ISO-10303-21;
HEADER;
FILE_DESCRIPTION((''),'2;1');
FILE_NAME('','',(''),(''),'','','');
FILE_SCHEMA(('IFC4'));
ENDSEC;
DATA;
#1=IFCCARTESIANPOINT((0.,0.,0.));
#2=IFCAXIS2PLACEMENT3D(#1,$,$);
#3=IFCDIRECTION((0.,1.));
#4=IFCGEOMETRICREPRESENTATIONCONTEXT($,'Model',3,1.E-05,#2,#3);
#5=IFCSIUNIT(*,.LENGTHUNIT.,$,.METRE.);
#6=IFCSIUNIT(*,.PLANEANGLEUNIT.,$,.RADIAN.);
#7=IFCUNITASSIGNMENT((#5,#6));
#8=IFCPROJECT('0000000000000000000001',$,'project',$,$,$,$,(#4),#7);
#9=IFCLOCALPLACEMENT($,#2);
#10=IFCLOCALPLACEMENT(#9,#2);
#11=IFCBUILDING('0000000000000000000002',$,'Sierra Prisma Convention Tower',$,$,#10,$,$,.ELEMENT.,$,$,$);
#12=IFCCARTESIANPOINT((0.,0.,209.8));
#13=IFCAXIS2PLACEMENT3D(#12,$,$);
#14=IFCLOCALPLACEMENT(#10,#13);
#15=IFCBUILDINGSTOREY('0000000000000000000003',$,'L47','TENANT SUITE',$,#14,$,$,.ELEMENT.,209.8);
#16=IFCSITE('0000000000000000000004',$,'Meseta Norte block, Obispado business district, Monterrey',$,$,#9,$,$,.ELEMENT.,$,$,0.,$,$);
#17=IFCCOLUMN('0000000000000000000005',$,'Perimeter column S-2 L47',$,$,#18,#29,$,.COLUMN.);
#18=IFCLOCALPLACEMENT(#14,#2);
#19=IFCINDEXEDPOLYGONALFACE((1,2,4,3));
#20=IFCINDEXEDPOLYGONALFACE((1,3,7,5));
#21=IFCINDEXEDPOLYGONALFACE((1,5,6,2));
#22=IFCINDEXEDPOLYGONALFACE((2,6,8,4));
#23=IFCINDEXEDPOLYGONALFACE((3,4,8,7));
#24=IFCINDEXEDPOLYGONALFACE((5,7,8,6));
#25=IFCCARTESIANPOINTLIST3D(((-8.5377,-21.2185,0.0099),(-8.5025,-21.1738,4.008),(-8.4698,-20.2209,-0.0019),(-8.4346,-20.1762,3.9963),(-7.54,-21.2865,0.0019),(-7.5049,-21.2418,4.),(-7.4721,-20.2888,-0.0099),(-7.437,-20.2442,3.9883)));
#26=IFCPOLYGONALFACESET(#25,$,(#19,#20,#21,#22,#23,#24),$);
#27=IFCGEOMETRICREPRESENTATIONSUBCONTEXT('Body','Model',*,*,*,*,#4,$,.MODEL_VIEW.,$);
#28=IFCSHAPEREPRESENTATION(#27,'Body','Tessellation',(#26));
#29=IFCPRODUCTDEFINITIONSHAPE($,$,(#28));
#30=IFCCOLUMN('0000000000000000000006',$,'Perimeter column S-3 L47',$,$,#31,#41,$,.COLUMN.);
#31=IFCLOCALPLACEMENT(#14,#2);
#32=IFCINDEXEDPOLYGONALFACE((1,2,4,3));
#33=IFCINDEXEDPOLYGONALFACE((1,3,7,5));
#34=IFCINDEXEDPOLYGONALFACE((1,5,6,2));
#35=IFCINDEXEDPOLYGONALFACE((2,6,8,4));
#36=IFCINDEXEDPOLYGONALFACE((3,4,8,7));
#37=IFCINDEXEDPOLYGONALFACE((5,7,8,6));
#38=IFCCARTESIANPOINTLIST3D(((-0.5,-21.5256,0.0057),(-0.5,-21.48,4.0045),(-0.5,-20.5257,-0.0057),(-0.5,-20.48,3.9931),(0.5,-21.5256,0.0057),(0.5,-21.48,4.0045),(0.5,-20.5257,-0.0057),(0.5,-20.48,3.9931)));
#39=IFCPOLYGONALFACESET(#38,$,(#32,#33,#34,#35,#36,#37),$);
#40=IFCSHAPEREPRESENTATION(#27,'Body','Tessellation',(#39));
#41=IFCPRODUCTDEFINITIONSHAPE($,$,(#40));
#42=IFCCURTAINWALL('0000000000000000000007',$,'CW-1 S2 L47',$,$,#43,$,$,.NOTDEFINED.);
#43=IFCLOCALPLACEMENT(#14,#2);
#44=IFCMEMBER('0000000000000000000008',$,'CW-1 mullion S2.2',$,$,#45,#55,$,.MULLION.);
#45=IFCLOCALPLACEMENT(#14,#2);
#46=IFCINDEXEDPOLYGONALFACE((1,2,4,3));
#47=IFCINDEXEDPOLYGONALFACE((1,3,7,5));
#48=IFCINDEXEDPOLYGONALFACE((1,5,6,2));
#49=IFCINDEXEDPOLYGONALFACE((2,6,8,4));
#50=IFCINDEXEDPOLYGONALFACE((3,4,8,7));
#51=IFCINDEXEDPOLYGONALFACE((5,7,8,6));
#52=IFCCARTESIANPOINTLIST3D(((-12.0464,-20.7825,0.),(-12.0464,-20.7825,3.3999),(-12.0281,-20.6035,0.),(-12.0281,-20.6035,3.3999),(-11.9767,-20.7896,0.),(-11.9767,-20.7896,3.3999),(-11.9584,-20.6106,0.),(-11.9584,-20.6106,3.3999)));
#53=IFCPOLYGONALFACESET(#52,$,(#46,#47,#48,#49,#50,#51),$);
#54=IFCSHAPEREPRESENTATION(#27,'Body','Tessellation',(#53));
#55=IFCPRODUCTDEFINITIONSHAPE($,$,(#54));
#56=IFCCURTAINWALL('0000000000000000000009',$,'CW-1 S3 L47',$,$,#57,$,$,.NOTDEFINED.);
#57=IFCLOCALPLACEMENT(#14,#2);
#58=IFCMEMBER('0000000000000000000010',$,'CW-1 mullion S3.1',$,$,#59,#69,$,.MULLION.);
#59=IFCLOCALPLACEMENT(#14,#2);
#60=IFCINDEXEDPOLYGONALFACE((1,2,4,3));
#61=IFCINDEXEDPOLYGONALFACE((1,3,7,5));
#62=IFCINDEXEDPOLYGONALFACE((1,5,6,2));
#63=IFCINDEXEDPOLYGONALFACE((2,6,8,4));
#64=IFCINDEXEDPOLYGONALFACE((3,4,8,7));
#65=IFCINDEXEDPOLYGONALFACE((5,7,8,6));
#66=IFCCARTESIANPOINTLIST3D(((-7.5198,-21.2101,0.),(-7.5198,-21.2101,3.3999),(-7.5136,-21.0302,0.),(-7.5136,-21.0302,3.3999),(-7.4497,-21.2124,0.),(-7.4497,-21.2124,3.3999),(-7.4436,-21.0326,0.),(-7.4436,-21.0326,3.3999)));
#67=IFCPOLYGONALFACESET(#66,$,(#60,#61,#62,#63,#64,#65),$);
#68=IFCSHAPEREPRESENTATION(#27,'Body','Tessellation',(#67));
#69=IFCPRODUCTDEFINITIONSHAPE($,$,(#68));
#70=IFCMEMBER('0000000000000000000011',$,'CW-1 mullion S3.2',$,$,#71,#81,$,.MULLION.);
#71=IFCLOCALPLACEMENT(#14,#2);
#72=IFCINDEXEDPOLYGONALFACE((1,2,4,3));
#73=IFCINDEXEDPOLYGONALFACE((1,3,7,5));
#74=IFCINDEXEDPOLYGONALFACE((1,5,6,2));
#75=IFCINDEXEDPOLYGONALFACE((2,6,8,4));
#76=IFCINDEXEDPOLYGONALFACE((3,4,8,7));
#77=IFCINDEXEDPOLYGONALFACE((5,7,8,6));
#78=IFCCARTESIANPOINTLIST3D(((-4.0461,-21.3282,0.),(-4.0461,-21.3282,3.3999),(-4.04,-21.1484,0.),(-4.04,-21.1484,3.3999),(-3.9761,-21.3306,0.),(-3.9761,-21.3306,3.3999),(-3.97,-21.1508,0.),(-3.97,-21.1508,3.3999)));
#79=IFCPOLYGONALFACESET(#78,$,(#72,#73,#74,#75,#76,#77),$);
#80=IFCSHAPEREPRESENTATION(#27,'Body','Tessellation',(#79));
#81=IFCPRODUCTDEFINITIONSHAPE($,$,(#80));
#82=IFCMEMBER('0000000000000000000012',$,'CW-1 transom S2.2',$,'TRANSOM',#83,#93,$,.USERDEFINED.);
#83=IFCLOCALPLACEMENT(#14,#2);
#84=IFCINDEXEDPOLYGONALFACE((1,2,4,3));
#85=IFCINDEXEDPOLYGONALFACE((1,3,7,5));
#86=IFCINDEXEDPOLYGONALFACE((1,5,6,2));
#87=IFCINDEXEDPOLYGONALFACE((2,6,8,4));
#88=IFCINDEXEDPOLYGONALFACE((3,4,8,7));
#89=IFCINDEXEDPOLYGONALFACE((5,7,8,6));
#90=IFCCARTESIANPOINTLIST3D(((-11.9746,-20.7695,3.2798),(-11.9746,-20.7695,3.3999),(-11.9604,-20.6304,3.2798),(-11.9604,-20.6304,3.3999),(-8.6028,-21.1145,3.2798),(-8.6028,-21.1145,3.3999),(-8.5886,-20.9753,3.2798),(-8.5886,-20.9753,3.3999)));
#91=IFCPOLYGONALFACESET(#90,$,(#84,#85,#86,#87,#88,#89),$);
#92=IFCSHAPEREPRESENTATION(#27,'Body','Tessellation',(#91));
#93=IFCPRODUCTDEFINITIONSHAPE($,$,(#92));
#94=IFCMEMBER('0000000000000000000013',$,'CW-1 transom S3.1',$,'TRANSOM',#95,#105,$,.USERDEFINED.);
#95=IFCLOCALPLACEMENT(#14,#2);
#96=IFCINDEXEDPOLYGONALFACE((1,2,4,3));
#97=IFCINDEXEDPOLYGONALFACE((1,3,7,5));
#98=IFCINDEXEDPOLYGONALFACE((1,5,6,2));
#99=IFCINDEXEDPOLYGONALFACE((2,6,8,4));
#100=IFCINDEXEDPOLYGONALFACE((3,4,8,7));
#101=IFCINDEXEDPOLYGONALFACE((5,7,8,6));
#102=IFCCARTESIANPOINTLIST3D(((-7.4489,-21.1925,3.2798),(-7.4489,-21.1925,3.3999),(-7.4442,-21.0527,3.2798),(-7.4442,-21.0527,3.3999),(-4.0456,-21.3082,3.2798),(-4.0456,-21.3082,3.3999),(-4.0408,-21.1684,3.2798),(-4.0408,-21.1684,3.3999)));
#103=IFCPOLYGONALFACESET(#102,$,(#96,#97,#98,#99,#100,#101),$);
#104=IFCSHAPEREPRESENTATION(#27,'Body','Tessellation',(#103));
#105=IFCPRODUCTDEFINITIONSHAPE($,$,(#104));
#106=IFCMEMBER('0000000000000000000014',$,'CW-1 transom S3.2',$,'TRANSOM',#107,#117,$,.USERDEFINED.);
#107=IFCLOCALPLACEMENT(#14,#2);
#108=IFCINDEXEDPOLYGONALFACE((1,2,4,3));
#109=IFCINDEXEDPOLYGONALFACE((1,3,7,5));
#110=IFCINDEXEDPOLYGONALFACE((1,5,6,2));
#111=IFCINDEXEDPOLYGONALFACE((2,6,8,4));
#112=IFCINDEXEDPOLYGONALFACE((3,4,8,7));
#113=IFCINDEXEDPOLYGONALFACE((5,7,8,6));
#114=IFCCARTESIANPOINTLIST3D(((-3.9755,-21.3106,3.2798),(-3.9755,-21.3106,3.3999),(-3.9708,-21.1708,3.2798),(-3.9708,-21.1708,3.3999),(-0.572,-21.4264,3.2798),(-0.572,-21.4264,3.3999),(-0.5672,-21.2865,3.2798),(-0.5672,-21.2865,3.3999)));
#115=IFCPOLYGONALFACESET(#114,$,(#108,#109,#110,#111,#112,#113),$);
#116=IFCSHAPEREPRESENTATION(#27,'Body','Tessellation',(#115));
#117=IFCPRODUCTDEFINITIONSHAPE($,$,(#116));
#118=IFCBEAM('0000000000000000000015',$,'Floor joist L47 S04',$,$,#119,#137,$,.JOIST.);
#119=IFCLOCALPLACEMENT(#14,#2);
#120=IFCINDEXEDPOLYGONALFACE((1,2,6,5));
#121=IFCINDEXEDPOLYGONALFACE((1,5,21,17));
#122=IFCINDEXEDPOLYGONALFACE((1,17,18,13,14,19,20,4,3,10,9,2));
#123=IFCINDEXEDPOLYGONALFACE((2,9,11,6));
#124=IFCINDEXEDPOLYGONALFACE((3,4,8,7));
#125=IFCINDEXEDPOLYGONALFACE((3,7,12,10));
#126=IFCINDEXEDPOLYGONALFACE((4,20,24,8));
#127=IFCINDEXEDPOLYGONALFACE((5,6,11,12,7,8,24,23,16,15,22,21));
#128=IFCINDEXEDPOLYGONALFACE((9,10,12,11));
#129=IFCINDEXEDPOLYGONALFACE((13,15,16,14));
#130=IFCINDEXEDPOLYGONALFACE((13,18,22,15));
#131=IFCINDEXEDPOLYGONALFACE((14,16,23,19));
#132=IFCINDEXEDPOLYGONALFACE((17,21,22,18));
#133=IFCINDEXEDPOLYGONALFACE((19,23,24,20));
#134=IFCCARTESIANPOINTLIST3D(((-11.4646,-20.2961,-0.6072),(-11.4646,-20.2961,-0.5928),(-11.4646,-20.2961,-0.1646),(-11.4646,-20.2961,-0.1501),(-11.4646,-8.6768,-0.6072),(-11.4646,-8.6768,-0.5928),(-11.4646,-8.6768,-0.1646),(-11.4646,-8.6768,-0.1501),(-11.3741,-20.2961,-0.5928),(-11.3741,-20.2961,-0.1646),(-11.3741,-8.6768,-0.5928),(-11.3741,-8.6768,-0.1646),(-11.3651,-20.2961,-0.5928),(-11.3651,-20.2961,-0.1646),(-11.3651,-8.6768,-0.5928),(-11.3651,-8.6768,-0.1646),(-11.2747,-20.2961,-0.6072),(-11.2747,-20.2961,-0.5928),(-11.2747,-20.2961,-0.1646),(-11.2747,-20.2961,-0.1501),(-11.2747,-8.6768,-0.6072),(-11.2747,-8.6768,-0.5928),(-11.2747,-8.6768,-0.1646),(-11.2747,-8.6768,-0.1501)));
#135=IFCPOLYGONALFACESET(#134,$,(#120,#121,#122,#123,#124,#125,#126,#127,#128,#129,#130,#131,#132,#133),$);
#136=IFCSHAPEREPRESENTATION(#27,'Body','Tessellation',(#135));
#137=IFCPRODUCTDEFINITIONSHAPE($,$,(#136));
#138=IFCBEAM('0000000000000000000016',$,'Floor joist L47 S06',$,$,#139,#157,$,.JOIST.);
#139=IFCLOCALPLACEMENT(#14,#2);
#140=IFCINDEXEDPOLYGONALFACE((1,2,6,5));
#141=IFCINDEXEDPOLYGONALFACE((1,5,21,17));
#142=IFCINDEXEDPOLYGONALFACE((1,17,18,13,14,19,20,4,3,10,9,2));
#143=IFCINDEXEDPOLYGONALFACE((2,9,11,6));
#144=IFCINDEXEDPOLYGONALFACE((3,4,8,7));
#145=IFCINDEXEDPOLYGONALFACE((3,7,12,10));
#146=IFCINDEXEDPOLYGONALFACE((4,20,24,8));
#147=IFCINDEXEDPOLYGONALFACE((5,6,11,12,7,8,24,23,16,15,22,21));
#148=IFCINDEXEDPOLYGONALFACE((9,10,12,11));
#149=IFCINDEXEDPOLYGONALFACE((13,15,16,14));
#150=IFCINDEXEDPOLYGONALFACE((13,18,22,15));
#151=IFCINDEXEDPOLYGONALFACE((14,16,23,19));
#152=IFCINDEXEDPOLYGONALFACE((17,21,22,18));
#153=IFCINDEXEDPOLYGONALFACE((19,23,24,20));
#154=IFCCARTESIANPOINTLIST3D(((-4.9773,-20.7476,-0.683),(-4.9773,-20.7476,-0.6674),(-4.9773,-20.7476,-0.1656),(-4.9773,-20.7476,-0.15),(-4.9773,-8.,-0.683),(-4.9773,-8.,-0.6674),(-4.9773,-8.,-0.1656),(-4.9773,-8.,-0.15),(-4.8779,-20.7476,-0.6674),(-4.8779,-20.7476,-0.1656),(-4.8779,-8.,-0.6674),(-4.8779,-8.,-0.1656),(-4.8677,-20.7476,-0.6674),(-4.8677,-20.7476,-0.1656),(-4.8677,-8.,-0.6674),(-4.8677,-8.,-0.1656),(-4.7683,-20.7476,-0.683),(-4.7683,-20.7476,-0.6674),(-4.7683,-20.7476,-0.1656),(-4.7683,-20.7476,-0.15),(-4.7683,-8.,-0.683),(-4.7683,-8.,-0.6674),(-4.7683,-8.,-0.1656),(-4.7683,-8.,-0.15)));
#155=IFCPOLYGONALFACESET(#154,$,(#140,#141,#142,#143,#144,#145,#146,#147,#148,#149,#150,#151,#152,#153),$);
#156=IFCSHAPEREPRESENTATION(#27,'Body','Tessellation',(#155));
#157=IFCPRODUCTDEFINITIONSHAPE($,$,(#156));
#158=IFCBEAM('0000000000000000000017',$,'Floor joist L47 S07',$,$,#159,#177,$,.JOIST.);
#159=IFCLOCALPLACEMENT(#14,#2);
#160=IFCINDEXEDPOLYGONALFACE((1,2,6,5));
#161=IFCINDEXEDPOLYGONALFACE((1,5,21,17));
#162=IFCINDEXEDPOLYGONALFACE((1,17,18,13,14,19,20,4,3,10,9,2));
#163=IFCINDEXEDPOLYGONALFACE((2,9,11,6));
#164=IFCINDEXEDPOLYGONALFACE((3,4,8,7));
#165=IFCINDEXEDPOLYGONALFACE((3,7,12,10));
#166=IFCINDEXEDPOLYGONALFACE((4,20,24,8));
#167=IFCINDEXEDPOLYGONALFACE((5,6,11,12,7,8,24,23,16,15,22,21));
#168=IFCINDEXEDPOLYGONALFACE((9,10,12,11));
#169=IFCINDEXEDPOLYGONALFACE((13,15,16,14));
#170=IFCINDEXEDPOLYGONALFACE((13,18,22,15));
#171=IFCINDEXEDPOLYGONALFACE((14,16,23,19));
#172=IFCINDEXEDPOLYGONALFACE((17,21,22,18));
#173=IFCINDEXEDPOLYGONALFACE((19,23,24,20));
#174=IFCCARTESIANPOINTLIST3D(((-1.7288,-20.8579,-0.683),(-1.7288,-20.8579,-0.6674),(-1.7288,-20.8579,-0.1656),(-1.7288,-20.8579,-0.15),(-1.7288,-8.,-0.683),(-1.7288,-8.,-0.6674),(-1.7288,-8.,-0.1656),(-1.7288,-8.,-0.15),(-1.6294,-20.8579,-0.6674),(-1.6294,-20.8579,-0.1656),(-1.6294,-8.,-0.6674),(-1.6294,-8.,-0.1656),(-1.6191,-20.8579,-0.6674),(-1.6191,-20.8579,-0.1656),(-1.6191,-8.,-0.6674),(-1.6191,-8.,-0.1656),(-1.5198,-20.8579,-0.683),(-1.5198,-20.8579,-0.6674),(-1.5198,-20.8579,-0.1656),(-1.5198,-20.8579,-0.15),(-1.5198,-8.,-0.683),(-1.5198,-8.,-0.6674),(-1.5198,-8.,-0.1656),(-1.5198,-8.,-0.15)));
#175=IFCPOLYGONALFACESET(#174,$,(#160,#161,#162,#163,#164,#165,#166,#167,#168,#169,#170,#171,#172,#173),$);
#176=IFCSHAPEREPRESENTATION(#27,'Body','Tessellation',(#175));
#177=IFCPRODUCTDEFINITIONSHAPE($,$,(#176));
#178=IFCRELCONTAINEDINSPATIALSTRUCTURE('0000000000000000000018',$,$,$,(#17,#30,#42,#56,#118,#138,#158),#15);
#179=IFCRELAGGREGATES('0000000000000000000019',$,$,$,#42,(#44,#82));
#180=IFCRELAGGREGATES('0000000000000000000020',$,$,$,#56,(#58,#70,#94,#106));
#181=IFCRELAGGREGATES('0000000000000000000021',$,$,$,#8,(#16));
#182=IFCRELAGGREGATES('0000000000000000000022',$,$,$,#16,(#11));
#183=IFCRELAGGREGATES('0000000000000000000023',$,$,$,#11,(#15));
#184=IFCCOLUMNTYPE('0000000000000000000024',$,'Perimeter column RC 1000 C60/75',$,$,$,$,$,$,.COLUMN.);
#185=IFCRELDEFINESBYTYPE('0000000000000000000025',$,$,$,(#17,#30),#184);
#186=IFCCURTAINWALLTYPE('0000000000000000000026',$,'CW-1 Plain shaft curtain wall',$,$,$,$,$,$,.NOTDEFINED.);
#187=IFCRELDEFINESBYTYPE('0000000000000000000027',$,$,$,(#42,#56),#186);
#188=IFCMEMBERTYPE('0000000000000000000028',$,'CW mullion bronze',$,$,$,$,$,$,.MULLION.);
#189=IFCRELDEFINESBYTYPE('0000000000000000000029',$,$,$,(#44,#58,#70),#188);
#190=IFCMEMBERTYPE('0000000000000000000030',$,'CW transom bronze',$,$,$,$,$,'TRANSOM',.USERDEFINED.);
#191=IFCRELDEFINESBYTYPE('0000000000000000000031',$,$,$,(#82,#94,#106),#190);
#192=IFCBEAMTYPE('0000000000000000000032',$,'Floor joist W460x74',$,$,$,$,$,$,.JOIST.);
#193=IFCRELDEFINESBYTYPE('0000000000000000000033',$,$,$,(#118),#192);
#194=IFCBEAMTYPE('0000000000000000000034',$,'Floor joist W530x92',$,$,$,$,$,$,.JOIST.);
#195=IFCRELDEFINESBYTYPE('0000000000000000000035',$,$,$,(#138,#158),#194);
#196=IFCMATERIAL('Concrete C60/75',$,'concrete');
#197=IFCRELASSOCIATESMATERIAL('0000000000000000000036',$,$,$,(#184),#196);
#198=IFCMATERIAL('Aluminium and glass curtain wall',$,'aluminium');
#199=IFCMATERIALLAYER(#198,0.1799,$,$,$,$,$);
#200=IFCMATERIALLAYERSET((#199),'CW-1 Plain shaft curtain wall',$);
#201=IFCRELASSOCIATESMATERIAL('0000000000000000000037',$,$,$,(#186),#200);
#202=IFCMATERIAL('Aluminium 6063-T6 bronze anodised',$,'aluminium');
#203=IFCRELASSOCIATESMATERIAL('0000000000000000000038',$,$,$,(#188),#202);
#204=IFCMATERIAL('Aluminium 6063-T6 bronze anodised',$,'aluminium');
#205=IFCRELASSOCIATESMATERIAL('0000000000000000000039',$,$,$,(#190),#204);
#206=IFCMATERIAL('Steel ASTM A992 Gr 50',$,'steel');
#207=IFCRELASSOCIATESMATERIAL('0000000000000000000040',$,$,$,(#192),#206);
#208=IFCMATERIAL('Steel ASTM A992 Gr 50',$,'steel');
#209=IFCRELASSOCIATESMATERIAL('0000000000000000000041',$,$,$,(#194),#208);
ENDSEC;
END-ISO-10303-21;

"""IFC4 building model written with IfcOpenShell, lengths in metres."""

from ifc_helpers import new_model, si_unit, direction, frame, origin, origin_2d, place, context, subcontext, project, spatial, rectangle, i_section, extrude, clip, halfspace, material, layer, layer_set, material_profile, profile_set, type_object, element, aggregate, save


model = new_model("IFC4")

# Units and contexts
model_context = context("Model", 3, precision=1e-05, world=origin(), true_north=direction((0.0, 1.0)))
body_context = subcontext(model_context, "Body", "Model", "MODEL_VIEW")
ifc_project = project(units=[si_unit("LENGTHUNIT", "METRE"), si_unit("PLANEANGLEUNIT", "RADIAN")], contexts=[model_context])

# Site, building, storey
site_placement = place(None, origin())
site = spatial("IfcSite", under=ifc_project, at=site_placement, Name="Meseta Norte block, Obispado business district, Monterrey", CompositionType="ELEMENT", RefElevation=0.0)
building_placement = place(site_placement, origin())
building = spatial("IfcBuilding", under=site, at=building_placement, Name="Sierra Prisma Convention Tower", CompositionType="ELEMENT")
storey_placement = place(building_placement, frame((0.0, 0.0, 209.8)))
storey = spatial("IfcBuildingStorey", under=building, at=storey_placement, Name="L47", Description="TENANT SUITE", CompositionType="ELEMENT", Elevation=209.8)

# Columns
ifc_material_1 = material(Name="Concrete C60/75", Category="concrete")
ifc_material_profile_1 = material_profile(ifc_material_1, rectangle(XDim=1.0, YDim=1.0, at=origin_2d()), Name="Perimeter column RC 1000 C60/75")
ifc_profile_set_1 = profile_set([ifc_material_profile_1], Name="Concrete C60/75")
column_type = type_object("IfcColumnType", Name="Perimeter column RC 1000 C60/75", PredefinedType="COLUMN", material=ifc_profile_set_1)
column_1_placement = place(storey_placement, frame((-8.0049, -20.7537, 0.0), z_axis=(0.008788, 0.011168, 0.999899), x_axis=(-0.997654, 0.067991, 0.008009)))
element("IfcColumn", 1, at=column_1_placement, inside=storey, type_object=column_type, Name="Perimeter column S-2 L47", PredefinedType="COLUMN", context=body_context, shape_type="SweptSolid", body=[
    clip(extrude(rectangle(XDim=1.0, YDim=1.0, at=origin_2d()), origin(), (0.0, 0.0, 1.0), 4.0005), halfspace(frame((0.0, 0.0, 3.9985)), False)),
])
column_2_placement = place(storey_placement, frame((0.0, -21.0256, 0.0), z_axis=(0.0, 0.011413, 0.999935), x_axis=(1.0, 0.0, 0.0)))
element("IfcColumn", 2, at=column_2_placement, inside=storey, type_object=column_type, Name="Perimeter column S-3 L47", PredefinedType="COLUMN", context=body_context, shape_type="SweptSolid", body=[
    clip(extrude(rectangle(XDim=1.0, YDim=1.0, at=origin_2d()), origin(), (0.0, 0.0, 1.0), 4.0002), halfspace(frame((0.0, 0.0, 3.999)), False)),
])

# Curtain wall, member
ifc_material_2 = material(Name="Aluminium and glass curtain wall", Category="aluminium")
ifc_layer_1 = layer(ifc_material_2, 0.1799)
ifc_layer_set_1 = layer_set([ifc_layer_1], Name="CW-1 Plain shaft curtain wall")
curtain_wall_type = type_object("IfcCurtainWallType", Name="CW-1 Plain shaft curtain wall", PredefinedType="NOTDEFINED", material=ifc_layer_set_1)
curtain_wall_1_placement = place(storey_placement, origin())
curtain_wall_1 = element("IfcCurtainWall", 3, at=curtain_wall_1_placement, inside=storey, type_object=curtain_wall_type, Name="CW-1 S2 L47", PredefinedType="NOTDEFINED")
ifc_material_3 = material(Name="Aluminium 6063-T6 bronze anodised", Category="aluminium")
ifc_material_profile_2 = material_profile(ifc_material_3, rectangle(XDim=0.1799, YDim=0.0701, at=origin_2d()), Name="ALU MULLION 70x180")
ifc_profile_set_2 = profile_set([ifc_material_profile_2], Name="Aluminium 6063-T6 bronze anodised")
member_type_1 = type_object("IfcMemberType", Name="CW mullion bronze", PredefinedType="MULLION", material=ifc_profile_set_2)
member_1_placement = place(storey_placement, frame((-12.0024, -20.6965, 0.0), z_axis=(0.0, 0.0, 1.0), x_axis=(0.101746, 0.99481, 0.0)))
member_1 = element("IfcMember", 4, at=member_1_placement, type_object=member_type_1, Name="CW-1 mullion S2.2", PredefinedType="MULLION", context=body_context, shape_type="SweptSolid", body=[
    extrude(rectangle(XDim=0.1799, YDim=0.0701, at=origin_2d()), origin(), (0.0, 0.0, 1.0), 3.3999),
])

# Curtain wall, members
curtain_wall_2_placement = place(storey_placement, origin())
curtain_wall_2 = element("IfcCurtainWall", 5, at=curtain_wall_2_placement, inside=storey, type_object=curtain_wall_type, Name="CW-1 S3 L47", PredefinedType="NOTDEFINED")
member_2_placement = place(storey_placement, frame((-7.4817, -21.1213, 0.0), z_axis=(0.0, 0.0, 1.0), x_axis=(0.033968, 0.999423, 0.0)))
member_2 = element("IfcMember", 6, at=member_2_placement, type_object=member_type_1, Name="CW-1 mullion S3.1", PredefinedType="MULLION", context=body_context, shape_type="SweptSolid", body=[
    extrude(rectangle(XDim=0.1799, YDim=0.0701, at=origin_2d()), origin(), (0.0, 0.0, 1.0), 3.3999),
])
member_3_placement = place(storey_placement, frame((-4.0081, -21.2395, 0.0), z_axis=(0.0, 0.0, 1.0), x_axis=(0.033968, 0.999423, 0.0)))
member_3 = element("IfcMember", 7, at=member_3_placement, type_object=member_type_1, Name="CW-1 mullion S3.2", PredefinedType="MULLION", context=body_context, shape_type="SweptSolid", body=[
    extrude(rectangle(XDim=0.1799, YDim=0.0701, at=origin_2d()), origin(), (0.0, 0.0, 1.0), 3.3999),
])

# Members
ifc_material_4 = material(Name="Aluminium 6063-T6 bronze anodised", Category="aluminium")
ifc_material_profile_3 = material_profile(ifc_material_4, rectangle(XDim=0.1399, YDim=0.1201, at=origin_2d()), Name="ALU TRANSOM 120x140")
ifc_profile_set_3 = profile_set([ifc_material_profile_3], Name="Aluminium 6063-T6 bronze anodised")
member_type_2 = type_object("IfcMemberType", Name="CW transom bronze", ElementType="TRANSOM", PredefinedType="USERDEFINED", material=ifc_profile_set_3)
member_4_placement = place(storey_placement, frame((-11.9675, -20.7, 3.3398), z_axis=(0.994807, -0.101778, 0.0), x_axis=(0.101778, 0.994807, 0.0)))
member_4 = element("IfcMember", 8, at=member_4_placement, type_object=member_type_2, Name="CW-1 transom S2.2", ObjectType="TRANSOM", PredefinedType="USERDEFINED", context=body_context, shape_type="SweptSolid", body=[
    extrude(rectangle(XDim=0.1399, YDim=0.1201, at=origin_2d()), origin(), (0.0, 0.0, 1.0), 3.3894),
])
member_5_placement = place(storey_placement, frame((-7.4465, -21.1226, 3.3398), z_axis=(0.999422, -0.033983, 0.0), x_axis=(0.033983, 0.999422, 0.0)))
member_5 = element("IfcMember", 9, at=member_5_placement, type_object=member_type_2, Name="CW-1 transom S3.1", ObjectType="TRANSOM", PredefinedType="USERDEFINED", context=body_context, shape_type="SweptSolid", body=[
    extrude(rectangle(XDim=0.1399, YDim=0.1201, at=origin_2d()), origin(), (0.0, 0.0, 1.0), 3.4053),
])
member_6_placement = place(storey_placement, frame((-3.9731, -21.2407, 3.3398), z_axis=(0.999422, -0.033981, 0.0), x_axis=(0.033981, 0.999422, 0.0)))
member_6 = element("IfcMember", 10, at=member_6_placement, type_object=member_type_2, Name="CW-1 transom S3.2", ObjectType="TRANSOM", PredefinedType="USERDEFINED", context=body_context, shape_type="SweptSolid", body=[
    extrude(rectangle(XDim=0.1399, YDim=0.1201, at=origin_2d()), origin(), (0.0, 0.0, 1.0), 3.4055),
])

# Beams
ifc_material_5 = material(Name="Steel ASTM A992 Gr 50", Category="steel")
ifc_material_profile_4 = material_profile(ifc_material_5, i_section(OverallWidth=0.1899, OverallDepth=0.457, WebThickness=0.009, FlangeThickness=0.0144, at=origin_2d()), Name="W460x74")
ifc_profile_set_4 = profile_set([ifc_material_profile_4], Name="Steel ASTM A992 Gr 50")
beam_type_1 = type_object("IfcBeamType", Name="Floor joist W460x74", PredefinedType="JOIST", material=ifc_profile_set_4)
beam_1_placement = place(storey_placement, frame((-11.3696, -20.2961, -0.3787), z_axis=(0.0, 1.0, 0.0), x_axis=(-1.0, 0.0, 0.0)))
element("IfcBeam", 11, at=beam_1_placement, inside=storey, type_object=beam_type_1, Name="Floor joist L47 S04", PredefinedType="JOIST", context=body_context, shape_type="SweptSolid", body=[
    extrude(i_section(OverallWidth=0.1899, OverallDepth=0.457, WebThickness=0.009, FlangeThickness=0.0144, at=origin_2d()), origin(), (0.0, 0.0, 1.0), 11.6194),
])
ifc_material_6 = material(Name="Steel ASTM A992 Gr 50", Category="steel")
ifc_material_profile_5 = material_profile(ifc_material_6, i_section(OverallWidth=0.209, OverallDepth=0.533, WebThickness=0.0103, FlangeThickness=0.0156, at=origin_2d()), Name="W530x92")
ifc_profile_set_5 = profile_set([ifc_material_profile_5], Name="Steel ASTM A992 Gr 50")
beam_type_2 = type_object("IfcBeamType", Name="Floor joist W530x92", PredefinedType="JOIST", material=ifc_profile_set_5)
beam_2_placement = place(storey_placement, frame((-4.8728, -20.7476, -0.4165), z_axis=(0.0, 1.0, 0.0), x_axis=(-1.0, 0.0, 0.0)))
element("IfcBeam", 12, at=beam_2_placement, inside=storey, type_object=beam_type_2, Name="Floor joist L47 S06", PredefinedType="JOIST", context=body_context, shape_type="SweptSolid", body=[
    extrude(i_section(OverallWidth=0.209, OverallDepth=0.533, WebThickness=0.0103, FlangeThickness=0.0156, at=origin_2d()), origin(), (0.0, 0.0, 1.0), 12.7476),
])
beam_3_placement = place(storey_placement, frame((-1.6243, -20.8579, -0.4165), z_axis=(0.0, 1.0, 0.0), x_axis=(-1.0, 0.0, 0.0)))
element("IfcBeam", 13, at=beam_3_placement, inside=storey, type_object=beam_type_2, Name="Floor joist L47 S07", PredefinedType="JOIST", context=body_context, shape_type="SweptSolid", body=[
    extrude(i_section(OverallWidth=0.209, OverallDepth=0.533, WebThickness=0.0103, FlangeThickness=0.0156, at=origin_2d()), origin(), (0.0, 0.0, 1.0), 12.8579),
])

aggregate(curtain_wall_1, [member_1, member_4])
aggregate(curtain_wall_2, [member_2, member_3, member_5, member_6])

save(model, "model.ifc")
